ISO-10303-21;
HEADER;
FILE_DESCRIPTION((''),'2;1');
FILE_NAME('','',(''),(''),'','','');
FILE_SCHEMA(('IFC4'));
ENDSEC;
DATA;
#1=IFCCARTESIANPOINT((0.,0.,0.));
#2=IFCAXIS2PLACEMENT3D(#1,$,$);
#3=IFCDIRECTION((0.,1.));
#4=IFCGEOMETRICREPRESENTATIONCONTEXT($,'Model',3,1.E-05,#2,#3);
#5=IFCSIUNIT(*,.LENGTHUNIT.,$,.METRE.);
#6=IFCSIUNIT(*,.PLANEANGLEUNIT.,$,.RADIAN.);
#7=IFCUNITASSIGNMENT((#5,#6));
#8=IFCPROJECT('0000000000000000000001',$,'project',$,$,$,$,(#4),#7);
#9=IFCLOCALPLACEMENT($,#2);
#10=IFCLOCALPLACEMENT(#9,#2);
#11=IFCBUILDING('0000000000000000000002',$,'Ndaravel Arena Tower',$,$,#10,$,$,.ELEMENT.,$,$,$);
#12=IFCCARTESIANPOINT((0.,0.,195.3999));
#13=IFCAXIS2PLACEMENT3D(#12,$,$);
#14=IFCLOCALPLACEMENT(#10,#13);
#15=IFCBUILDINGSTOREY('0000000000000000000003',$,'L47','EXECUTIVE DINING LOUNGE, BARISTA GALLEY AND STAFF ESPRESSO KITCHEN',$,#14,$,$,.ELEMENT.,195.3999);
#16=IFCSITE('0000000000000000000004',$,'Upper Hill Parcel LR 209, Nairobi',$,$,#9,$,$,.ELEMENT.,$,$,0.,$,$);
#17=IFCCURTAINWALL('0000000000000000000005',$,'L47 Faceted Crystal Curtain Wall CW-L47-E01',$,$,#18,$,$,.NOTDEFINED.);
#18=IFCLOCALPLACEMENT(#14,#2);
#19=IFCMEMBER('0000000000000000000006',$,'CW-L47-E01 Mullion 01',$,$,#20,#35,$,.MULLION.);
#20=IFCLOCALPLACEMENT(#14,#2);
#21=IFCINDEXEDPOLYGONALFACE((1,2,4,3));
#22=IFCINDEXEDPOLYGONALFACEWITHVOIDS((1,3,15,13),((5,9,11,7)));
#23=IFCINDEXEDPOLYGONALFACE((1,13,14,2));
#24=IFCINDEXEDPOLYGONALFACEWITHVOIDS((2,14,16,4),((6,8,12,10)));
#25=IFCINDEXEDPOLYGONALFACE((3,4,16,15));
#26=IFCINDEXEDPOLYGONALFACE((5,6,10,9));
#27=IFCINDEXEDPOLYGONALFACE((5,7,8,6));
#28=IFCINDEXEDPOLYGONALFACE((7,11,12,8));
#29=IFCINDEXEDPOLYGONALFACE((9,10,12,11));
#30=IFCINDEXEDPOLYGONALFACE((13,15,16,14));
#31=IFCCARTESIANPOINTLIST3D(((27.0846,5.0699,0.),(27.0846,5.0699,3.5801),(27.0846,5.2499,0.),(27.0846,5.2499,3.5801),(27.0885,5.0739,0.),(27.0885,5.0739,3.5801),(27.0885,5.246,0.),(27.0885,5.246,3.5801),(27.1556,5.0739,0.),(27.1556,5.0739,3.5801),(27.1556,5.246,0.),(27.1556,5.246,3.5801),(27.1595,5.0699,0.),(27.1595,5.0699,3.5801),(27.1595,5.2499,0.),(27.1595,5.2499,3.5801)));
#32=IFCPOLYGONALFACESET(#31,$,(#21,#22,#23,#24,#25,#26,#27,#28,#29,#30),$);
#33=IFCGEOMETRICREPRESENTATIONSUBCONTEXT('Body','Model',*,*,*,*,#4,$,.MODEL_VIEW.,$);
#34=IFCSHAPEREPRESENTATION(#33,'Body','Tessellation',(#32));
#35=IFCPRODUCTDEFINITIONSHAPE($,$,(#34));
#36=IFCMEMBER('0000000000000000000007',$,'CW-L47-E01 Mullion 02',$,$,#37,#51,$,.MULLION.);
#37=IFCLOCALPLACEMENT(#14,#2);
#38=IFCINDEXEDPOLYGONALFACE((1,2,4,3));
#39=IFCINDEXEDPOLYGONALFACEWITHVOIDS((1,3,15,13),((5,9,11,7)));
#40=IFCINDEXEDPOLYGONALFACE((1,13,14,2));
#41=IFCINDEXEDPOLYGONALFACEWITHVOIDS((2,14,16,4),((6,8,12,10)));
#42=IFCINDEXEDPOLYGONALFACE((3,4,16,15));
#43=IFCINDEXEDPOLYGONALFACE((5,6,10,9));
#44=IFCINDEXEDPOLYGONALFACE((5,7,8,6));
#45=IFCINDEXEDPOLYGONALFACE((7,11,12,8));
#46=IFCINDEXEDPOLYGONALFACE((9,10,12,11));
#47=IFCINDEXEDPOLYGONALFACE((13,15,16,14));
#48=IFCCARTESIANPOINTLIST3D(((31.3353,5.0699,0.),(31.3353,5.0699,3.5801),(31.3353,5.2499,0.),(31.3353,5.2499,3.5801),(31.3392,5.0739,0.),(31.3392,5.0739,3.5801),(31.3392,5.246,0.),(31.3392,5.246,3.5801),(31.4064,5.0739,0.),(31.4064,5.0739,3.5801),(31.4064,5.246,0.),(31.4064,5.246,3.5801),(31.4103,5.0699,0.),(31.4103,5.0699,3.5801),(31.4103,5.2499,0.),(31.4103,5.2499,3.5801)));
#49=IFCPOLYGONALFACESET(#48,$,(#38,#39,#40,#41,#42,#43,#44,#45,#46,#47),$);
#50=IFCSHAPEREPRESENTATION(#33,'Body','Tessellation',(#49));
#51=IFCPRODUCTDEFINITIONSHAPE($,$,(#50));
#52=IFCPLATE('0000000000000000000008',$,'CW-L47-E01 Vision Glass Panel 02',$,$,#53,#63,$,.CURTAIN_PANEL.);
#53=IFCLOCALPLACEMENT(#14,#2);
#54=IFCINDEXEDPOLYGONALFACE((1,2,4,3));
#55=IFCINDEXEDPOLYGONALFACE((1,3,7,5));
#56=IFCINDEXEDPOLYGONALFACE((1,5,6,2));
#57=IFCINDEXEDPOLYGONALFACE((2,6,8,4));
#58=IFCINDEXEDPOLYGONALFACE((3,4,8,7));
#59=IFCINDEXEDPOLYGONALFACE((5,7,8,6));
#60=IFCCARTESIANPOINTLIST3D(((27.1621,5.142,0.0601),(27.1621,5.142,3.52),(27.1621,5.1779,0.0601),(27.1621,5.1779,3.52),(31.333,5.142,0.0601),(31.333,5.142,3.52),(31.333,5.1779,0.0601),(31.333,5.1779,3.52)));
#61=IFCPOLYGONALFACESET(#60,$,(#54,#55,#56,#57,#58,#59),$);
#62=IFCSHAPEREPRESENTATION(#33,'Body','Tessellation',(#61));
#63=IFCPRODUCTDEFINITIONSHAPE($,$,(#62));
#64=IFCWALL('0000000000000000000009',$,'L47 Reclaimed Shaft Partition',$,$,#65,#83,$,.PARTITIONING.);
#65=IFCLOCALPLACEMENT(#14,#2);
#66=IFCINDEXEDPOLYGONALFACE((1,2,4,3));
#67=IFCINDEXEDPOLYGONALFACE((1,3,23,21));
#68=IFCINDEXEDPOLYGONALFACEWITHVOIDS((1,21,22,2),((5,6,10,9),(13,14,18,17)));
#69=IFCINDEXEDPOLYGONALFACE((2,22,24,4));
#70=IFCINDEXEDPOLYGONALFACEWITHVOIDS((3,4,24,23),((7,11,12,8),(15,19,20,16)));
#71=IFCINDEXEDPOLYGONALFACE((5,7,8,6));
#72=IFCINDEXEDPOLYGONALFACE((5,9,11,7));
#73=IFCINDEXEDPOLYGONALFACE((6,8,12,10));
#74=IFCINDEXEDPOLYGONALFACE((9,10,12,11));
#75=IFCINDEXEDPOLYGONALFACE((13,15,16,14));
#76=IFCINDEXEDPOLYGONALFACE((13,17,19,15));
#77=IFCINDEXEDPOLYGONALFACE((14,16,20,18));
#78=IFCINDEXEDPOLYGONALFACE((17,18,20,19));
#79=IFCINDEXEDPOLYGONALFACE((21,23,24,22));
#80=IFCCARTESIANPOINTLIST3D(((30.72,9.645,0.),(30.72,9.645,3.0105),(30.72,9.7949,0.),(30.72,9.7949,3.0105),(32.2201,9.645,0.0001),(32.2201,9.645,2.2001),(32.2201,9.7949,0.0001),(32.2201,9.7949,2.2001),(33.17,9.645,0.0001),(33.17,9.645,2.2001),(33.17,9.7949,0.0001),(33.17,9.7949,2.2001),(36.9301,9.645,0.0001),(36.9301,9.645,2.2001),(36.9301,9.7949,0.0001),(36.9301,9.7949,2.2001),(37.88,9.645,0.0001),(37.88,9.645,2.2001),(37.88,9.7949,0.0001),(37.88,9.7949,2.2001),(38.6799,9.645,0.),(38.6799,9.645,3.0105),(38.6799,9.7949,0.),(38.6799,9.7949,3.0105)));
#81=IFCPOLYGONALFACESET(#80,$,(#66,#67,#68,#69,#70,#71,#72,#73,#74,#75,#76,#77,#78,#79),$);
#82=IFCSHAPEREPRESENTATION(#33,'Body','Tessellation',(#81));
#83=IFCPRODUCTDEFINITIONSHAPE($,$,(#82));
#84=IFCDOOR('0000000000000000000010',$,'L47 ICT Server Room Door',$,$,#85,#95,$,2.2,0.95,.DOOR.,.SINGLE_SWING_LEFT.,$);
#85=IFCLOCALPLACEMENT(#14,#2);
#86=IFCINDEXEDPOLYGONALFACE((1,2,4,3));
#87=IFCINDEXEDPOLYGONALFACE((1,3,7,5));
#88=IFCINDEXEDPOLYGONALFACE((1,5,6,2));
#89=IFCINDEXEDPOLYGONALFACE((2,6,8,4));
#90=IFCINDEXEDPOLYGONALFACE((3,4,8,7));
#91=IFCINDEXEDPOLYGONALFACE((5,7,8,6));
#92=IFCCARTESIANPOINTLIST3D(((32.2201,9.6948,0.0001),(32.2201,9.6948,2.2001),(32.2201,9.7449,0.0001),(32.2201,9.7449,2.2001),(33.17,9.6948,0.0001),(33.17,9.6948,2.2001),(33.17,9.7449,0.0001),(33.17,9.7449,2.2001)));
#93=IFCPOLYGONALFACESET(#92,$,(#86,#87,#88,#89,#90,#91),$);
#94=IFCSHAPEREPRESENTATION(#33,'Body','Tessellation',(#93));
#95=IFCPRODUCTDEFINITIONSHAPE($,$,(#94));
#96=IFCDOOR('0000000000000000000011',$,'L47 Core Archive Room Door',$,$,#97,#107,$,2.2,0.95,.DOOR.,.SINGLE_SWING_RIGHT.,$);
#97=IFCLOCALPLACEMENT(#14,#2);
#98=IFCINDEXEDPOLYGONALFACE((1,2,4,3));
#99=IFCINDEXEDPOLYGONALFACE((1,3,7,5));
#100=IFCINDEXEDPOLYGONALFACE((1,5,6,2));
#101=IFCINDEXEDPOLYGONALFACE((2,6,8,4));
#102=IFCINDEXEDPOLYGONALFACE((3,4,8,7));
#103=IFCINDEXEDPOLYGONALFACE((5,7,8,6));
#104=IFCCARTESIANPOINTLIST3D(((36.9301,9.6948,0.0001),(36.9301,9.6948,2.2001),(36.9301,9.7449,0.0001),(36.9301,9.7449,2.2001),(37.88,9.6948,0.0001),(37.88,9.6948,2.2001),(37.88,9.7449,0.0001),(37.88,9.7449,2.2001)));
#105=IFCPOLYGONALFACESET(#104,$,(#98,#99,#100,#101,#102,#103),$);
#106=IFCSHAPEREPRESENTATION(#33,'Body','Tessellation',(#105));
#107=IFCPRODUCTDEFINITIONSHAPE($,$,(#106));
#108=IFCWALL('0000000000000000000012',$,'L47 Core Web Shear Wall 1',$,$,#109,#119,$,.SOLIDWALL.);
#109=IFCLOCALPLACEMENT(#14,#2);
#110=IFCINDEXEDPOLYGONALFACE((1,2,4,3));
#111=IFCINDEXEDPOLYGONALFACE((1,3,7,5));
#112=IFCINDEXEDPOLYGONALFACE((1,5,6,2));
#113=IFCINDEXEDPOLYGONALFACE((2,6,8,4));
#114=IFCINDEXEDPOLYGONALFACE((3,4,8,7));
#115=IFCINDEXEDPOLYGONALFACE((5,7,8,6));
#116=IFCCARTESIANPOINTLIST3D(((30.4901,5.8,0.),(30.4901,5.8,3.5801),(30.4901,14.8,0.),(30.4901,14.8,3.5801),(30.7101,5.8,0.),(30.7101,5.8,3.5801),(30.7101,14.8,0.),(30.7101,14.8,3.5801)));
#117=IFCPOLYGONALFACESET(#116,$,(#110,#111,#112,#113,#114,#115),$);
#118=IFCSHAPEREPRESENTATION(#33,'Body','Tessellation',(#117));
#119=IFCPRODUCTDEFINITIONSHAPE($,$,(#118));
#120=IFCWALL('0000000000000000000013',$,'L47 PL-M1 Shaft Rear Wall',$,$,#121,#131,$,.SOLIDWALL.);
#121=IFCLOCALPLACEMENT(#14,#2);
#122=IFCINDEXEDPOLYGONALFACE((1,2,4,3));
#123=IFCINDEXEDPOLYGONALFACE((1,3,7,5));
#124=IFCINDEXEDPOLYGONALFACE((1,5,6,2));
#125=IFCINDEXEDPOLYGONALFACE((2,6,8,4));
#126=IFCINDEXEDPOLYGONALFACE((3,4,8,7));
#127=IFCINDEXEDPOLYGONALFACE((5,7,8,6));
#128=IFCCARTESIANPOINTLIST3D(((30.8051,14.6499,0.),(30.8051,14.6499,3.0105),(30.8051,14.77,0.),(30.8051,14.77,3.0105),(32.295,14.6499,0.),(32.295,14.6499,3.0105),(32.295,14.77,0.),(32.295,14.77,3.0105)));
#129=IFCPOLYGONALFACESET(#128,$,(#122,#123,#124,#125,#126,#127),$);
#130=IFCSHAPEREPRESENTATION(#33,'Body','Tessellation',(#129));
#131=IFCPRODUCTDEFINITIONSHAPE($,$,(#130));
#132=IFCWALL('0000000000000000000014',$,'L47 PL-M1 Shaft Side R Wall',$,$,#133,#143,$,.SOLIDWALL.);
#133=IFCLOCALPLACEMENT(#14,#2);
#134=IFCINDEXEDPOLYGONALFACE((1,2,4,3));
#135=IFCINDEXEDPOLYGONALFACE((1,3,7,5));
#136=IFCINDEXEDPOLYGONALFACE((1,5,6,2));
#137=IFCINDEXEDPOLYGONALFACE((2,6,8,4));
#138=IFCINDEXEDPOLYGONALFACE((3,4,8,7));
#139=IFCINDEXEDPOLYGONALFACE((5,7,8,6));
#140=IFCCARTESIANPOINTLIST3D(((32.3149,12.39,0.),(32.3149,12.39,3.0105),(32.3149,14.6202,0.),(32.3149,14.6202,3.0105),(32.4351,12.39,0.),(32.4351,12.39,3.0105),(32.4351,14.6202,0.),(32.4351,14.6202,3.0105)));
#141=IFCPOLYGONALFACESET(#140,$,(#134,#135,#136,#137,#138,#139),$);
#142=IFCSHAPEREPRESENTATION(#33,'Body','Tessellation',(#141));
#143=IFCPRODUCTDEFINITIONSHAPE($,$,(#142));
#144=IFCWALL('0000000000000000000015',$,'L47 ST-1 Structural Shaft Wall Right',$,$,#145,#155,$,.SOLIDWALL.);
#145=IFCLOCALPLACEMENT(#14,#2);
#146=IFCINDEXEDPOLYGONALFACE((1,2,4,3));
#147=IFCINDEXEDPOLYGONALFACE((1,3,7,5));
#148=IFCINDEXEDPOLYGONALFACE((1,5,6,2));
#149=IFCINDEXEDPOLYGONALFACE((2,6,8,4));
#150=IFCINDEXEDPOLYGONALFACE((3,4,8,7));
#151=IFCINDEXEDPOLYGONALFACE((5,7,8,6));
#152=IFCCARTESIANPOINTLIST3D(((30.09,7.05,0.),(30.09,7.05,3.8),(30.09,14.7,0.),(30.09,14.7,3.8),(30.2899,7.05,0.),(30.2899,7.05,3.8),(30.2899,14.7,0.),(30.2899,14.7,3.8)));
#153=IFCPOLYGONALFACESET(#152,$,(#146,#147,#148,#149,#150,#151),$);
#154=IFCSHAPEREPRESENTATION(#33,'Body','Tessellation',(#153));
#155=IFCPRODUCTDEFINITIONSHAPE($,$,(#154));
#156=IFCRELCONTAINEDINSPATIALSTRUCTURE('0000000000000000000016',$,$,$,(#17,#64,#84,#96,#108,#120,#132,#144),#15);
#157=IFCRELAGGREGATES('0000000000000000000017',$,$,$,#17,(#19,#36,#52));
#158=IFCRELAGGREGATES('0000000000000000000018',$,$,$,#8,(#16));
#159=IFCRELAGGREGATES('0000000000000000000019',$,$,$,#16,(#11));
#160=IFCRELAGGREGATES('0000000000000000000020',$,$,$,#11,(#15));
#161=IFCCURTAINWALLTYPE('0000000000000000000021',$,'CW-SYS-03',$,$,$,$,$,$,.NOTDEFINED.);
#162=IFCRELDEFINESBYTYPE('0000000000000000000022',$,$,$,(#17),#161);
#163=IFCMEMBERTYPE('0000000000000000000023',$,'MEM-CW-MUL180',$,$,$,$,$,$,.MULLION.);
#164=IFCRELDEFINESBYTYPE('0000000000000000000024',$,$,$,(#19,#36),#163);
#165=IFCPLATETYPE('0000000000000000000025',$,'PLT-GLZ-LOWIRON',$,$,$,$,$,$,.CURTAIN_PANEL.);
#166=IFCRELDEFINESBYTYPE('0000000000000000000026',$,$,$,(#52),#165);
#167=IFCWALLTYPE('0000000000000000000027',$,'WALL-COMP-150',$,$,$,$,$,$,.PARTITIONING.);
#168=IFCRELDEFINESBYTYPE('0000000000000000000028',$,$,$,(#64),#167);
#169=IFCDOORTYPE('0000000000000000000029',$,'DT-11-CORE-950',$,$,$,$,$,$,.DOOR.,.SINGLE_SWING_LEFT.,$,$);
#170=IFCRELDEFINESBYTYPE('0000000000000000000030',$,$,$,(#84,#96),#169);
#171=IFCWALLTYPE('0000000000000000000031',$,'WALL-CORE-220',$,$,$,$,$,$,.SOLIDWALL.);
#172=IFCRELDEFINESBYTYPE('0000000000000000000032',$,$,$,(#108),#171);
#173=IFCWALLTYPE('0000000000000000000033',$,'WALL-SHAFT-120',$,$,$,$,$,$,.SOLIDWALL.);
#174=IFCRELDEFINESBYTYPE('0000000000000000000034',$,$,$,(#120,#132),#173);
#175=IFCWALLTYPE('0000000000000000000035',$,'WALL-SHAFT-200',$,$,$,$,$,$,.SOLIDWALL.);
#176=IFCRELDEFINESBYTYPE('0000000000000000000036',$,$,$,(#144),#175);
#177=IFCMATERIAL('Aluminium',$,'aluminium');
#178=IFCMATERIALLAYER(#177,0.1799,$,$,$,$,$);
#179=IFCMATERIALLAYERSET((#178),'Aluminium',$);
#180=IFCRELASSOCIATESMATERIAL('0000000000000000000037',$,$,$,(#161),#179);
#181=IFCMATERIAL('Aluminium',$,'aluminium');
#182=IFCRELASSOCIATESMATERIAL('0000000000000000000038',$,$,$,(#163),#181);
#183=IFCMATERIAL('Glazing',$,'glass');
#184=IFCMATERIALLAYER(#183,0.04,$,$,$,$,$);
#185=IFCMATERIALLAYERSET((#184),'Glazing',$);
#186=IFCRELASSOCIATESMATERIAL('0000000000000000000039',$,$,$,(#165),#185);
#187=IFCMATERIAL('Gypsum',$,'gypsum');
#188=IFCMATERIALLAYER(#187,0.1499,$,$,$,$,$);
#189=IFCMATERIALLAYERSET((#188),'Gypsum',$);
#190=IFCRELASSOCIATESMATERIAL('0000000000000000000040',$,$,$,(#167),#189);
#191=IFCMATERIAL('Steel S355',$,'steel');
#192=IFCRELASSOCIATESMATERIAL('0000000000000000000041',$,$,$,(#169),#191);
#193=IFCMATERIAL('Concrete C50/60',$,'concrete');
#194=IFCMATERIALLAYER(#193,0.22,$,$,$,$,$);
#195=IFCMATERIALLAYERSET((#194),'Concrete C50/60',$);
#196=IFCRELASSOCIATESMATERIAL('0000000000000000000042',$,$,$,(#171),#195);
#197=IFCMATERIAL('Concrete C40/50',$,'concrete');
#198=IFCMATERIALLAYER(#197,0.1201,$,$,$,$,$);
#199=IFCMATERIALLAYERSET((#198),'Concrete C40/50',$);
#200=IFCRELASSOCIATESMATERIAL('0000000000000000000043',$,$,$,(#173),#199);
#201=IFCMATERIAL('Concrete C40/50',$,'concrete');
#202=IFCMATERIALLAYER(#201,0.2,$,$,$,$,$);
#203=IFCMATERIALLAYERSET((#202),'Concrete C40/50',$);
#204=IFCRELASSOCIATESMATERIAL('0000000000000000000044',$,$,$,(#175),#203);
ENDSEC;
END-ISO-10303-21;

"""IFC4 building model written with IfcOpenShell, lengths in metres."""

from ifc_helpers import new_model, si_unit, direction, frame, frame_2d, origin, origin_2d, place, context, subcontext, project, spatial, rectangle, hollow_rectangle, extrude, material, layer, layer_set, material_profile, profile_set, type_object, element, fill, aggregate, save


model = new_model("IFC4")

# Units and contexts
model_context = context("Model", 3, precision=1e-05, world=origin(), true_north=direction((0.0, 1.0)))
body_context = subcontext(model_context, "Body", "Model", "MODEL_VIEW")
ifc_project = project(units=[si_unit("LENGTHUNIT", "METRE"), si_unit("PLANEANGLEUNIT", "RADIAN")], contexts=[model_context])

# Site, building, storey
site_placement = place(None, origin())
site = spatial("IfcSite", under=ifc_project, at=site_placement, Name="Upper Hill Parcel LR 209, Nairobi", CompositionType="ELEMENT", RefElevation=0.0)
building_placement = place(site_placement, origin())
building = spatial("IfcBuilding", under=site, at=building_placement, Name="Ndaravel Arena Tower", CompositionType="ELEMENT")
storey_placement = place(building_placement, frame((0.0, 0.0, 195.3999)))
storey = spatial("IfcBuildingStorey", under=building, at=storey_placement, Name="L47", Description="EXECUTIVE DINING LOUNGE, BARISTA GALLEY AND STAFF ESPRESSO KITCHEN", CompositionType="ELEMENT", Elevation=195.3999)

# Curtain wall, members, plate
ifc_material_1 = material(Name="Aluminium", Category="aluminium")
ifc_layer_1 = layer(ifc_material_1, 0.1799)
ifc_layer_set_1 = layer_set([ifc_layer_1], Name="Aluminium")
curtain_wall_type = type_object("IfcCurtainWallType", Name="CW-SYS-03", PredefinedType="NOTDEFINED", material=ifc_layer_set_1)
curtain_wall_placement = place(storey_placement, origin())
curtain_wall = element("IfcCurtainWall", 1, at=curtain_wall_placement, inside=storey, type_object=curtain_wall_type, Name="L47 Faceted Crystal Curtain Wall CW-L47-E01", PredefinedType="NOTDEFINED")
ifc_material_2 = material(Name="Aluminium", Category="aluminium")
ifc_material_profile = material_profile(ifc_material_2, hollow_rectangle(XDim=0.075, YDim=0.1799, WallThickness=0.0039, at=origin_2d()), Name="CW MULLION 75x180x4")
ifc_profile_set = profile_set([ifc_material_profile], Name="Aluminium")
member_type = type_object("IfcMemberType", Name="MEM-CW-MUL180", PredefinedType="MULLION", material=ifc_profile_set)
member_1_placement = place(storey_placement, frame((27.1221, 5.1599, 0.0), z_axis=(0.0, 0.0, 1.0), x_axis=(1.0, 0.0, 0.0)))
member_1 = element("IfcMember", 2, at=member_1_placement, type_object=member_type, Name="CW-L47-E01 Mullion 01", PredefinedType="MULLION", context=body_context, shape_type="SweptSolid", body=[
    extrude(hollow_rectangle(XDim=0.075, YDim=0.1799, WallThickness=0.0039, at=origin_2d()), origin(), (0.0, 0.0, 1.0), 3.5801),
])
member_2_placement = place(storey_placement, frame((31.3728, 5.1599, 0.0), z_axis=(0.0, 0.0, 1.0), x_axis=(1.0, 0.0, 0.0)))
member_2 = element("IfcMember", 3, at=member_2_placement, type_object=member_type, Name="CW-L47-E01 Mullion 02", PredefinedType="MULLION", context=body_context, shape_type="SweptSolid", body=[
    extrude(hollow_rectangle(XDim=0.075, YDim=0.1799, WallThickness=0.0039, at=origin_2d()), origin(), (0.0, 0.0, 1.0), 3.5801),
])
ifc_material_3 = material(Name="Glazing", Category="glass")
ifc_layer_2 = layer(ifc_material_3, 0.04)
ifc_layer_set_2 = layer_set([ifc_layer_2], Name="Glazing")
plate_type = type_object("IfcPlateType", Name="PLT-GLZ-LOWIRON", PredefinedType="CURTAIN_PANEL", material=ifc_layer_set_2)
plate_placement = place(storey_placement, frame((29.2476, 5.1599, 0.0601), z_axis=(0.0, 0.0, 1.0), x_axis=(1.0, 0.0, 0.0)))
plate = element("IfcPlate", 4, at=plate_placement, type_object=plate_type, Name="CW-L47-E01 Vision Glass Panel 02", PredefinedType="CURTAIN_PANEL", context=body_context, shape_type="SweptSolid", body=[
    extrude(rectangle(XDim=4.1709, YDim=0.0359, at=origin_2d()), origin(), (0.0, 0.0, 1.0), 3.46),
])
aggregate(curtain_wall, [member_1, member_2, plate])

# Wall, openings, doors
ifc_material_4 = material(Name="Gypsum", Category="gypsum")
ifc_layer_3 = layer(ifc_material_4, 0.1499)
ifc_layer_set_3 = layer_set([ifc_layer_3], Name="Gypsum")
wall_type_1 = type_object("IfcWallType", Name="WALL-COMP-150", PredefinedType="PARTITIONING", material=ifc_layer_set_3)
wall_1_placement = place(storey_placement, frame((30.72, 9.72, 0.0), z_axis=(0.0, 0.0, 1.0), x_axis=(1.0, 0.0, 0.0)))
wall_1 = element("IfcWall", 5, at=wall_1_placement, inside=storey, type_object=wall_type_1, Name="L47 Reclaimed Shaft Partition", PredefinedType="PARTITIONING", context=body_context, shape_type="SweptSolid", body=[
    extrude(rectangle(XDim=7.96, YDim=0.1499, at=frame_2d((3.98, 0.0))), origin(), (0.0, 0.0, 1.0), 3.0105),
])
opening_1_placement = place(wall_1_placement, frame((1.5, 0.0, 0.0)))
opening_1 = element("IfcOpeningElement", 6, at=opening_1_placement, cuts=wall_1, PredefinedType="OPENING", context=body_context, shape_type="SweptSolid", body=[
    extrude(rectangle(XDim=0.95, YDim=2.2, at=frame_2d((0.4751, 1.1001))), frame((0.0, 0.075, 0.0), z_axis=(0.0, -1.0, 0.0), x_axis=(1.0, 0.0, 0.0)), (0.0, 0.0, 1.0), 0.1499),
])
opening_2_placement = place(wall_1_placement, frame((6.21, 0.0, 0.0)))
opening_2 = element("IfcOpeningElement", 7, at=opening_2_placement, cuts=wall_1, PredefinedType="OPENING", context=body_context, shape_type="SweptSolid", body=[
    extrude(rectangle(XDim=0.95, YDim=2.2, at=frame_2d((0.4751, 1.1001))), frame((0.0, 0.075, 0.0), z_axis=(0.0, -1.0, 0.0), x_axis=(1.0, 0.0, 0.0)), (0.0, 0.0, 1.0), 0.1499),
])
ifc_material_5 = material(Name="Steel S355", Category="steel")
door_type_1 = type_object("IfcDoorType", Name="DT-11-CORE-950", OperationType="SINGLE_SWING_LEFT", PredefinedType="DOOR", material=ifc_material_5)
door_1_placement = place(opening_1_placement, origin())
door_1 = element("IfcDoor", 8, at=door_1_placement, inside=storey, type_object=door_type_1, Name="L47 ICT Server Room Door", OperationType="SINGLE_SWING_LEFT", OverallHeight=2.2, OverallWidth=0.95, PredefinedType="DOOR", context=body_context, shape_type="SweptSolid", body=[
    extrude(rectangle(XDim=0.95, YDim=2.2, at=frame_2d((0.4751, 1.1001))), frame((0.0, 0.0249, 0.0), z_axis=(0.0, -1.0, 0.0), x_axis=(1.0, 0.0, 0.0)), (0.0, 0.0, 1.0), 0.05),
])
fill(opening_1, door_1)
door_2_placement = place(opening_2_placement, origin())
door_2 = element("IfcDoor", 9, at=door_2_placement, inside=storey, type_object=door_type_1, Name="L47 Core Archive Room Door", OperationType="SINGLE_SWING_RIGHT", OverallHeight=2.2, OverallWidth=0.95, PredefinedType="DOOR", context=body_context, shape_type="SweptSolid", body=[
    extrude(rectangle(XDim=0.95, YDim=2.2, at=frame_2d((0.4751, 1.1001))), frame((0.0, 0.0249, 0.0), z_axis=(0.0, -1.0, 0.0), x_axis=(1.0, 0.0, 0.0)), (0.0, 0.0, 1.0), 0.05),
])
fill(opening_2, door_2)

# Walls
ifc_material_6 = material(Name="Concrete C50/60", Category="concrete")
ifc_layer_4 = layer(ifc_material_6, 0.22)
ifc_layer_set_4 = layer_set([ifc_layer_4], Name="Concrete C50/60")
wall_type_2 = type_object("IfcWallType", Name="WALL-CORE-220", PredefinedType="SOLIDWALL", material=ifc_layer_set_4)
wall_2_placement = place(storey_placement, frame((30.6001, 5.8, 0.0), z_axis=(0.0, 0.0, 1.0), x_axis=(0.0, 1.0, 0.0)))
element("IfcWall", 10, at=wall_2_placement, inside=storey, type_object=wall_type_2, Name="L47 Core Web Shear Wall 1", PredefinedType="SOLIDWALL", context=body_context, shape_type="SweptSolid", body=[
    extrude(rectangle(XDim=9.0, YDim=0.22, at=frame_2d((4.5, 0.0))), origin(), (0.0, 0.0, 1.0), 3.5801),
])
ifc_material_7 = material(Name="Concrete C40/50", Category="concrete")
ifc_layer_5 = layer(ifc_material_7, 0.1201)
ifc_layer_set_5 = layer_set([ifc_layer_5], Name="Concrete C40/50")
wall_type_3 = type_object("IfcWallType", Name="WALL-SHAFT-120", PredefinedType="SOLIDWALL", material=ifc_layer_set_5)
wall_3_placement = place(storey_placement, frame((30.8049, 14.71, 0.0), z_axis=(0.0, 0.0, 1.0), x_axis=(1.0, 0.0, 0.0)))
element("IfcWall", 11, at=wall_3_placement, inside=storey, type_object=wall_type_3, Name="L47 PL-M1 Shaft Rear Wall", PredefinedType="SOLIDWALL", context=body_context, shape_type="SweptSolid", body=[
    extrude(rectangle(XDim=1.49, YDim=0.1201, at=frame_2d((0.7451, 0.0))), origin(), (0.0, 0.0, 1.0), 3.0105),
])
wall_4_placement = place(storey_placement, frame((32.375, 12.3899, 0.0), z_axis=(0.0, 0.0, 1.0), x_axis=(0.0, 1.0, 0.0)))
element("IfcWall", 12, at=wall_4_placement, inside=storey, type_object=wall_type_3, Name="L47 PL-M1 Shaft Side R Wall", PredefinedType="SOLIDWALL", context=body_context, shape_type="SweptSolid", body=[
    extrude(rectangle(XDim=2.2302, YDim=0.1201, at=frame_2d((1.1152, 0.0))), origin(), (0.0, 0.0, 1.0), 3.0105),
])
ifc_material_8 = material(Name="Concrete C40/50", Category="concrete")
ifc_layer_6 = layer(ifc_material_8, 0.2)
ifc_layer_set_6 = layer_set([ifc_layer_6], Name="Concrete C40/50")
wall_type_4 = type_object("IfcWallType", Name="WALL-SHAFT-200", PredefinedType="SOLIDWALL", material=ifc_layer_set_6)
wall_5_placement = place(storey_placement, frame((30.1899, 14.7, 0.0), z_axis=(0.0, 0.0, 1.0), x_axis=(0.0, -1.0, 0.0)))
element("IfcWall", 13, at=wall_5_placement, inside=storey, type_object=wall_type_4, Name="L47 ST-1 Structural Shaft Wall Right", PredefinedType="SOLIDWALL", context=body_context, shape_type="SweptSolid", body=[
    extrude(rectangle(XDim=7.6499, YDim=0.2, at=frame_2d((3.825, 0.0))), origin(), (0.0, 0.0, 1.0), 3.8),
])

save(model, "model.ifc")
